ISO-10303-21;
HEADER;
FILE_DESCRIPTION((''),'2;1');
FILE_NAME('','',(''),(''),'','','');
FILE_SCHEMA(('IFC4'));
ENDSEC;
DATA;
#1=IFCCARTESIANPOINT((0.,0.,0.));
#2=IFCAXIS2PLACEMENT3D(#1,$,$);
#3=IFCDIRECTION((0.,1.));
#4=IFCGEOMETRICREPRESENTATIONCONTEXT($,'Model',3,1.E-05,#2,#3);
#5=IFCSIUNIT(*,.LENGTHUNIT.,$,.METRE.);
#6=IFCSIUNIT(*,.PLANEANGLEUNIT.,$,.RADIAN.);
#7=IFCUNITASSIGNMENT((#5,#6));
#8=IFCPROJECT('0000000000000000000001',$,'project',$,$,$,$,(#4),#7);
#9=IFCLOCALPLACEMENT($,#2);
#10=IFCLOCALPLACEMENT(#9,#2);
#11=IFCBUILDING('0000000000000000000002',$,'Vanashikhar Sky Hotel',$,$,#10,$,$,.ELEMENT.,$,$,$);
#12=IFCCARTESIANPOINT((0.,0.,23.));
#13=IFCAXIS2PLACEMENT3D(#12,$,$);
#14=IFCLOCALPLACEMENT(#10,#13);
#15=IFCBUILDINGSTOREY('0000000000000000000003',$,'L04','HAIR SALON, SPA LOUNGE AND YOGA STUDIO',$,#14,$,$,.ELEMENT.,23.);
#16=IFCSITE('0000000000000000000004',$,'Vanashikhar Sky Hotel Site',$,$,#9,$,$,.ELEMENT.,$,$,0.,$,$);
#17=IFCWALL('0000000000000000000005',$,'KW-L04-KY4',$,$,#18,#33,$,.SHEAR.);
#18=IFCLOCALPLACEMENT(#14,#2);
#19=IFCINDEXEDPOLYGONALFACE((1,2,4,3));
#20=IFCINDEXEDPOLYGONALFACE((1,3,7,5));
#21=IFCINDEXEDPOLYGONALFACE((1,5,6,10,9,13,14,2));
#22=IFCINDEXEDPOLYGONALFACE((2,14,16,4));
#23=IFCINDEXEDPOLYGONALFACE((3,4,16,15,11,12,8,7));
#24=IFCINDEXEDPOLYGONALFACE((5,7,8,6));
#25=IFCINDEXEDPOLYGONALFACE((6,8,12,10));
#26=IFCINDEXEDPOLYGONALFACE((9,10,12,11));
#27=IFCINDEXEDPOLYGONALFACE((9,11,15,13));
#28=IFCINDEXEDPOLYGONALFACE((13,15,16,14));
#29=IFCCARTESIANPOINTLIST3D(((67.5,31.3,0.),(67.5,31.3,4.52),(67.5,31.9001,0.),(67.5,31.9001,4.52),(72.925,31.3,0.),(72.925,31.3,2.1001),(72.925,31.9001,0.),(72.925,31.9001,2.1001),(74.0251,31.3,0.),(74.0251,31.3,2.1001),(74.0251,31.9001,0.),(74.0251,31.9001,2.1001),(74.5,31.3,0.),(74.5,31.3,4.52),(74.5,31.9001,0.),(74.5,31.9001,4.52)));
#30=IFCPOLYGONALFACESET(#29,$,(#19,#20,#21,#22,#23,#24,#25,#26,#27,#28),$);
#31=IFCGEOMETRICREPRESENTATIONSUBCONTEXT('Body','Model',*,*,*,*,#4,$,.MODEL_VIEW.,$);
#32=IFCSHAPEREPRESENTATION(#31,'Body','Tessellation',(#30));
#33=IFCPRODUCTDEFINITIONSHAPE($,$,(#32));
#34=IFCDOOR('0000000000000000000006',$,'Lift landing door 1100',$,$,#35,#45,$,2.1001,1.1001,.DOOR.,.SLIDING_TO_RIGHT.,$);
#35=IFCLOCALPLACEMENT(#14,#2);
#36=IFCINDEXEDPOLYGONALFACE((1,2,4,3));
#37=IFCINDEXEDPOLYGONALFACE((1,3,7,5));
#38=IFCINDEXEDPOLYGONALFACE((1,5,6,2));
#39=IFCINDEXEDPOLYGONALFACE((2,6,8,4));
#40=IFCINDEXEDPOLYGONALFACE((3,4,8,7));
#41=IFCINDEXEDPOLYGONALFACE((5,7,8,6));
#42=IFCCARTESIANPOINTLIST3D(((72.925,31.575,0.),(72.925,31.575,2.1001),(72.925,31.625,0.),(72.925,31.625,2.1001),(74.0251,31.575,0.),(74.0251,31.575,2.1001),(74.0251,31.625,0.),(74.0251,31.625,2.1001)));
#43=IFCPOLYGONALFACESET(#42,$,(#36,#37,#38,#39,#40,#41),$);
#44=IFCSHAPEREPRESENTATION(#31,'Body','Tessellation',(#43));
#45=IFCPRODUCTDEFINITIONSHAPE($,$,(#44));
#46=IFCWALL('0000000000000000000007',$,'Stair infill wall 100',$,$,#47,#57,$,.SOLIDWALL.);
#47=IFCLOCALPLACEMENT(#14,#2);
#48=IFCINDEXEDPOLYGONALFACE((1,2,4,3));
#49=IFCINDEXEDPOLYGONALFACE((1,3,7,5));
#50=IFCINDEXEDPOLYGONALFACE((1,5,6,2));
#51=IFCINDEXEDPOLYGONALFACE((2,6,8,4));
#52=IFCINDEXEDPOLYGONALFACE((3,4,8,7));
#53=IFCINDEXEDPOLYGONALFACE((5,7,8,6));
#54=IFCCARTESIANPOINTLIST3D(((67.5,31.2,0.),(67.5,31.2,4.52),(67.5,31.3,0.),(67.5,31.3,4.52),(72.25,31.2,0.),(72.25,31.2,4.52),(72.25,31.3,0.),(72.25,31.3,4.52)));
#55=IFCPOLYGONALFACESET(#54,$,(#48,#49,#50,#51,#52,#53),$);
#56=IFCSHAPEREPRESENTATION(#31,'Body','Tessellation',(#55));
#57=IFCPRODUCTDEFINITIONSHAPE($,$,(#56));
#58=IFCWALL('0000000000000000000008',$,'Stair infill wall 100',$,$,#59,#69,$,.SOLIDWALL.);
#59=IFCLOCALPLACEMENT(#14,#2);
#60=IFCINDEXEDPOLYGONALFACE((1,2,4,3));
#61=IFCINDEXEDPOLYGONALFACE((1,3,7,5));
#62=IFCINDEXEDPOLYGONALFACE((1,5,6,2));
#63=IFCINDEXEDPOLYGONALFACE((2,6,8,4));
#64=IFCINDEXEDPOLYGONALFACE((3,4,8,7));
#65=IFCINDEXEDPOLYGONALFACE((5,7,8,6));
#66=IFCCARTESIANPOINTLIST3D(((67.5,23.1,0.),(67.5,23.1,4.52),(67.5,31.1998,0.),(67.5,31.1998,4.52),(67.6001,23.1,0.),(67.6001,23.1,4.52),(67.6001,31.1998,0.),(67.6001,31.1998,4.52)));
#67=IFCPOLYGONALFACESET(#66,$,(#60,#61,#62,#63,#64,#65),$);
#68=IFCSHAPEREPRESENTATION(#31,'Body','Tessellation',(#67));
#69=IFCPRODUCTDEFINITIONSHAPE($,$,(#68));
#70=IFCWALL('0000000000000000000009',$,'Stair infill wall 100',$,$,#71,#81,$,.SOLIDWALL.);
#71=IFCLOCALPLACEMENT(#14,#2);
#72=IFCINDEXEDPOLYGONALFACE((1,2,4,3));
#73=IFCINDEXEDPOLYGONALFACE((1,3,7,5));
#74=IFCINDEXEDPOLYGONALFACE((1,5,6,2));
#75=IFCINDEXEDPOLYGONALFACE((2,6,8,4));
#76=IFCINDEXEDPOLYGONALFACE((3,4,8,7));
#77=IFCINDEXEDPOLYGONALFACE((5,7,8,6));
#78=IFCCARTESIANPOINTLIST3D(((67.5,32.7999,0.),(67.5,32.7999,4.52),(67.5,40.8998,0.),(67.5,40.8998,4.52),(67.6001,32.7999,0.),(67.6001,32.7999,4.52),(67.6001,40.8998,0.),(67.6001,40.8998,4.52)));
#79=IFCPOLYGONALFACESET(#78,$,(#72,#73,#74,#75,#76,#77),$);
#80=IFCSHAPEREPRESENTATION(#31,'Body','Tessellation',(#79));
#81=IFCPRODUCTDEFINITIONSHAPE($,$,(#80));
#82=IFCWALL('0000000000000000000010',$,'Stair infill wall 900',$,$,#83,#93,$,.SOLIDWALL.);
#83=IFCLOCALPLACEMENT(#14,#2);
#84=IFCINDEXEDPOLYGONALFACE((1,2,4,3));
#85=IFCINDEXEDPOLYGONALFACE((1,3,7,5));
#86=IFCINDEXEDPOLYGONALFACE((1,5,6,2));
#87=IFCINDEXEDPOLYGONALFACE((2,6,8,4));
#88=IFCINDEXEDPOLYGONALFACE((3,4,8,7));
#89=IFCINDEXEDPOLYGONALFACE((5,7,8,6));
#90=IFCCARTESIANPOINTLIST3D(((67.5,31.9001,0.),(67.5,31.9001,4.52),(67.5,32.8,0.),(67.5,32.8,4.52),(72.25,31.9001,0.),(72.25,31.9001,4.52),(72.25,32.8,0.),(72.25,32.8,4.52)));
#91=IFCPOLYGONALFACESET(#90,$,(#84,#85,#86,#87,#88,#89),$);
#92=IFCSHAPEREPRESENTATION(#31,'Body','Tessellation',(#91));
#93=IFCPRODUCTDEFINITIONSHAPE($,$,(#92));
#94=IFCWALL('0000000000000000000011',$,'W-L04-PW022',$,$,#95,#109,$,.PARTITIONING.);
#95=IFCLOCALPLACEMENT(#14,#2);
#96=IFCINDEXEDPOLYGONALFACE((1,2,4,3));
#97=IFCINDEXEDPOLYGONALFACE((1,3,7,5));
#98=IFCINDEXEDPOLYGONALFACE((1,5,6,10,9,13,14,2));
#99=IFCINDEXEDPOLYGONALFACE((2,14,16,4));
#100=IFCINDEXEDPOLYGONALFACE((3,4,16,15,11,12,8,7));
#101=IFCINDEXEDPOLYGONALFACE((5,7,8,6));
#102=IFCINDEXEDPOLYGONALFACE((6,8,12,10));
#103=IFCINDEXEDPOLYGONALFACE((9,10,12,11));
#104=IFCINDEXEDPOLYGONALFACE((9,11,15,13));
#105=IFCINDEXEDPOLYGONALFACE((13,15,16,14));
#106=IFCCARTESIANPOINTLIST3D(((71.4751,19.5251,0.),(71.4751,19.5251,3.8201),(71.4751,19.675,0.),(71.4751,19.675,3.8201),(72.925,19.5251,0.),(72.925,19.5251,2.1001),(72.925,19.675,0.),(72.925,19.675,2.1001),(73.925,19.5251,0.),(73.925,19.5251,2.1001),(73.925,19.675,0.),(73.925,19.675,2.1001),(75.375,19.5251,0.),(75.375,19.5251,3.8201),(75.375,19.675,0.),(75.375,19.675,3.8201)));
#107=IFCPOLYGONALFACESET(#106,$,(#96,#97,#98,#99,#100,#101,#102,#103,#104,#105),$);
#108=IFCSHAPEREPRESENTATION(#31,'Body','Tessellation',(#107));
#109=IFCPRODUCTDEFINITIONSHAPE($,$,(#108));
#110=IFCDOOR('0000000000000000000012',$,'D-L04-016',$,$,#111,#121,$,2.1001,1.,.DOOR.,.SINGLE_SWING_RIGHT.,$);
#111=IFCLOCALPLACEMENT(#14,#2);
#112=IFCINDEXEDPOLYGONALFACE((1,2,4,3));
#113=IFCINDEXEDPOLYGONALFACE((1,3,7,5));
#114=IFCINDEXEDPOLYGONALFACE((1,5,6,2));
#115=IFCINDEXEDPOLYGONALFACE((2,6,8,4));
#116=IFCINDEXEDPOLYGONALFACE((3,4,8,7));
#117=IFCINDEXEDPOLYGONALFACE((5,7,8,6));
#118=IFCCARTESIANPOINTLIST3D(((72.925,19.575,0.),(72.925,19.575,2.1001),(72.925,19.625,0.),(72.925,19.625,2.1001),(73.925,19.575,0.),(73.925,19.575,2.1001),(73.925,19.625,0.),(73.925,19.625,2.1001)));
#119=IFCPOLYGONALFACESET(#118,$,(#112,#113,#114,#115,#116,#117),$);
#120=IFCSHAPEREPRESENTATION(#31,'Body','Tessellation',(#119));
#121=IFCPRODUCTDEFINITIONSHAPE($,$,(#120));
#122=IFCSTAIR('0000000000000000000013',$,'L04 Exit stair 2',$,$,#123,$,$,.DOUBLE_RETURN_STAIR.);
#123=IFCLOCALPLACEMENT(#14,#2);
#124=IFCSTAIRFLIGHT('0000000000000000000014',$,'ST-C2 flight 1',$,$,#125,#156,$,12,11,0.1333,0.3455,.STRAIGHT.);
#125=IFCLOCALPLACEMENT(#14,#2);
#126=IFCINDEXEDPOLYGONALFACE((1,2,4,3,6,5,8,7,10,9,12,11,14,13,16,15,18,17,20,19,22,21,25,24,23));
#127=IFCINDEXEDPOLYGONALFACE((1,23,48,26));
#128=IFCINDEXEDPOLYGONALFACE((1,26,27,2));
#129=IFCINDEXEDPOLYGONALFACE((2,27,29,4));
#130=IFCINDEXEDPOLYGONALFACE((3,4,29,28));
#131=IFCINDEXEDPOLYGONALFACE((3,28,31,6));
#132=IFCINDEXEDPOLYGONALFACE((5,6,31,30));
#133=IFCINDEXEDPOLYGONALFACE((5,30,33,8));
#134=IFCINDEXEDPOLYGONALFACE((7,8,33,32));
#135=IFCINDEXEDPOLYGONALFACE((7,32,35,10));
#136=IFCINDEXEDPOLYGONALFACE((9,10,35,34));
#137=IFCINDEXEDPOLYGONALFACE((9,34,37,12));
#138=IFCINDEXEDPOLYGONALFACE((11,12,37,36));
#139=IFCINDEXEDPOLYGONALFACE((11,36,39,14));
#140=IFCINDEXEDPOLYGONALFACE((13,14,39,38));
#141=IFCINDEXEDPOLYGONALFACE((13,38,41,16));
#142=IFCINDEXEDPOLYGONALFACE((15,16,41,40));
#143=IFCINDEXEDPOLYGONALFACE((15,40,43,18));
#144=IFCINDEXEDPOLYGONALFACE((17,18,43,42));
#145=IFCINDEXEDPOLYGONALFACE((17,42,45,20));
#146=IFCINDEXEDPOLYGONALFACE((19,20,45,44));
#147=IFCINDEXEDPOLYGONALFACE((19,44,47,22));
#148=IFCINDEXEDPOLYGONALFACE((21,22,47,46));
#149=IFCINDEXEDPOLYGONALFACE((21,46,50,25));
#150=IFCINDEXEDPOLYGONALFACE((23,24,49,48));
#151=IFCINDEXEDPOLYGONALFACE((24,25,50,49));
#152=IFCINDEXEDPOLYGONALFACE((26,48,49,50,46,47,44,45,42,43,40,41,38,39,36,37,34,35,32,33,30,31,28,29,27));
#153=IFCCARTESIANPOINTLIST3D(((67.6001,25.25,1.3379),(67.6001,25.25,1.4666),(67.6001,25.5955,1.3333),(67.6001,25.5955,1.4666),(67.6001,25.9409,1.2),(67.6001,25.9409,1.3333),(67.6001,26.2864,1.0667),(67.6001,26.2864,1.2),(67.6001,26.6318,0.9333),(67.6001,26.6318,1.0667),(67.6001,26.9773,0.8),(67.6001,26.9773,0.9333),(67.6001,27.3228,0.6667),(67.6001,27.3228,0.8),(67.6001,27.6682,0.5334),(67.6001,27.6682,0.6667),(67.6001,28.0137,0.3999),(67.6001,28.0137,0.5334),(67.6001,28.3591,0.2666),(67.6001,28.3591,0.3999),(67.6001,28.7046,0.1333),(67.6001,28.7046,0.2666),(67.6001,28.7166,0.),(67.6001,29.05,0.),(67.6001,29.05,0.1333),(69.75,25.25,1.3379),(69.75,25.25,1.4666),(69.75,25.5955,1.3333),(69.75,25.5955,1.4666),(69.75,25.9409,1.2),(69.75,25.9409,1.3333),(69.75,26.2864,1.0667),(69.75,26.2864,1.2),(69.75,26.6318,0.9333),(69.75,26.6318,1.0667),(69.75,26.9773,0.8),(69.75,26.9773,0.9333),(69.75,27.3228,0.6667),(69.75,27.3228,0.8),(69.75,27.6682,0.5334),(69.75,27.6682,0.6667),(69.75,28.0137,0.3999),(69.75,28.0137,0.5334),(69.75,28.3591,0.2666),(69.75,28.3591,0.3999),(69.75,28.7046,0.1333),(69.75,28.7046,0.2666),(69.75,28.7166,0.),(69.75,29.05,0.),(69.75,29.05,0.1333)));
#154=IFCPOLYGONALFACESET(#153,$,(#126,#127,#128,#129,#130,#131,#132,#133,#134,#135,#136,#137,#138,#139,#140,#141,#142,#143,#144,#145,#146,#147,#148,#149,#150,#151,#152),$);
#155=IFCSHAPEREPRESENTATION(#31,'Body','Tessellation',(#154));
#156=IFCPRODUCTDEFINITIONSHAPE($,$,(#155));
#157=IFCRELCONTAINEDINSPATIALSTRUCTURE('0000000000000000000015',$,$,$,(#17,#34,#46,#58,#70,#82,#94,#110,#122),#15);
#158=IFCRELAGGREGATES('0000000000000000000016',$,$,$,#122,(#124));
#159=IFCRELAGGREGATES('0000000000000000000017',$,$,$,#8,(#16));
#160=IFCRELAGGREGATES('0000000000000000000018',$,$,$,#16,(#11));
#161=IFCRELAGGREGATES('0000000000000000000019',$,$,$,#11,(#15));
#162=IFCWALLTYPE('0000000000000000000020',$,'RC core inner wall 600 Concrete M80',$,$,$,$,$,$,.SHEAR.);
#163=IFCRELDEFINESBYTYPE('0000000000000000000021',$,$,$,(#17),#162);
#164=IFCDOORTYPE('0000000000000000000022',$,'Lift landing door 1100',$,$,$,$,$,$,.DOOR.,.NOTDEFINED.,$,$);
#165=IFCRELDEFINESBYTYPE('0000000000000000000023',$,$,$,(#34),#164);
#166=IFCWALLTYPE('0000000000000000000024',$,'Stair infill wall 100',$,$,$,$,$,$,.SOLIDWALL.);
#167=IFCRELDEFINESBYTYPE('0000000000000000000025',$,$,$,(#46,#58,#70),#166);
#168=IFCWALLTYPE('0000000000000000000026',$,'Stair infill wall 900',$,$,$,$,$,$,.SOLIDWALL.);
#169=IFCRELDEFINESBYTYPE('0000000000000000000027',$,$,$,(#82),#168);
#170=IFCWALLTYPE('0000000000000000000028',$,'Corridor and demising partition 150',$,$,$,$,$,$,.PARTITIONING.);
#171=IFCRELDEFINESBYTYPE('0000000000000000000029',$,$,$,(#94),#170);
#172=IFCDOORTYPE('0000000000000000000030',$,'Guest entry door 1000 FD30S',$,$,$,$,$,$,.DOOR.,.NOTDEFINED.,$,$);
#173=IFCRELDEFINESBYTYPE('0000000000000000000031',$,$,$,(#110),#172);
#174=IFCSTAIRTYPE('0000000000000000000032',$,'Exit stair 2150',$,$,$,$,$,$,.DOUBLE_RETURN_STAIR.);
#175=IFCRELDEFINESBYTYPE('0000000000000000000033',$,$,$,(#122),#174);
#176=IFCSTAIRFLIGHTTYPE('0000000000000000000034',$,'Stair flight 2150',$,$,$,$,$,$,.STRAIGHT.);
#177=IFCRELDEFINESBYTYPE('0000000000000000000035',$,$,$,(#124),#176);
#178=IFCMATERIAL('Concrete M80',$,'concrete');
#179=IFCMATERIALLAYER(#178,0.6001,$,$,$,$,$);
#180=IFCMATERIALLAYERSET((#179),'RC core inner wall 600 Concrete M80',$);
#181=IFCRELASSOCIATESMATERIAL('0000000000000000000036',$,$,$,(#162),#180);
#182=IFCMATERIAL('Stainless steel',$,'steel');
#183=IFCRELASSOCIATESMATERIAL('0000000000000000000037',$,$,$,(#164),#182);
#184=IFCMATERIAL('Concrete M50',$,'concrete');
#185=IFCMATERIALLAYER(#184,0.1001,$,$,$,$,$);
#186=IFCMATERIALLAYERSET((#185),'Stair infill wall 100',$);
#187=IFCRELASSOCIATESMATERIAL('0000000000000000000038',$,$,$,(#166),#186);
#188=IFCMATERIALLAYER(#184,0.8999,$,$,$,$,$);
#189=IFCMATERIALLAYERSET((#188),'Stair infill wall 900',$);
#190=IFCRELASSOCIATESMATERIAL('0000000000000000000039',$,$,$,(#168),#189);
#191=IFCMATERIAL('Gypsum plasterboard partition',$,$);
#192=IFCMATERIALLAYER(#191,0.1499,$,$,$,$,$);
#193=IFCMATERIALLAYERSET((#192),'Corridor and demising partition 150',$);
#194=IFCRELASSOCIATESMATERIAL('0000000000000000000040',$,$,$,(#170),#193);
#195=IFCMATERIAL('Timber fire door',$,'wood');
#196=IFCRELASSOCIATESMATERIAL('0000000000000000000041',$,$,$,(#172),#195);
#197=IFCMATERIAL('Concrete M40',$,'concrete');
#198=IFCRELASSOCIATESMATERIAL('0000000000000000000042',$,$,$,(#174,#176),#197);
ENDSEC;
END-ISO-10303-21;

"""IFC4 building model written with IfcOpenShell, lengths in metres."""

from ifc_helpers import new_model, si_unit, direction, frame, frame_2d, origin, place, context, subcontext, project, spatial, polyline, rectangle, outline, extrude, source, transform, mapped, material, layer, layer_set, type_object, element, fill, aggregate, save


model = new_model("IFC4")

# Units and contexts
model_context = context("Model", 3, precision=1e-05, world=origin(), true_north=direction((0.0, 1.0)))
body_context = subcontext(model_context, "Body", "Model", "MODEL_VIEW")
ifc_project = project(units=[si_unit("LENGTHUNIT", "METRE"), si_unit("PLANEANGLEUNIT", "RADIAN")], contexts=[model_context])

# Site, building, storey
site_placement = place(None, origin())
site = spatial("IfcSite", under=ifc_project, at=site_placement, Name="Vanashikhar Sky Hotel Site", CompositionType="ELEMENT", RefElevation=0.0)
building_placement = place(site_placement, origin())
building = spatial("IfcBuilding", under=site, at=building_placement, Name="Vanashikhar Sky Hotel", CompositionType="ELEMENT")
storey_placement = place(building_placement, frame((0.0, 0.0, 23.0)))
storey = spatial("IfcBuildingStorey", under=building, at=storey_placement, Name="L04", Description="HAIR SALON, SPA LOUNGE AND YOGA STUDIO", CompositionType="ELEMENT", Elevation=23.0)

# Wall, opening, door
ifc_material_1 = material(Name="Concrete M80", Category="concrete")
ifc_layer_1 = layer(ifc_material_1, 0.6001)
ifc_layer_set_1 = layer_set([ifc_layer_1], Name="RC core inner wall 600 Concrete M80")
wall_type_1 = type_object("IfcWallType", Name="RC core inner wall 600 Concrete M80", PredefinedType="SHEAR", material=ifc_layer_set_1)
shared_shape_1 = source(origin(), body_context, "Body", "SweptSolid", [
    extrude(rectangle(XDim=7.0, YDim=0.6001, at=frame_2d((3.5, 0.0))), origin(), (0.0, 0.0, 1.0), 4.52),
])
wall_1_placement = place(storey_placement, frame((67.5, 31.6001, 0.0), z_axis=(0.0, 0.0, 1.0), x_axis=(1.0, 0.0, 0.0)))
wall_1 = element("IfcWall", 1, at=wall_1_placement, inside=storey, type_object=wall_type_1, Name="KW-L04-KY4", PredefinedType="SHEAR", context=body_context, shape_type="MappedRepresentation", body=[
    mapped(shared_shape_1, transform((0.0, 0.0, 0.0), scale=1.0)),
])
shared_shape_2 = source(origin(), body_context, "Body", "SweptSolid", [
    extrude(rectangle(XDim=1.1001, YDim=2.1001, at=frame_2d((0.55, 1.05))), frame((0.0, 0.3101, 0.0), z_axis=(0.0, -1.0, 0.0), x_axis=(1.0, 0.0, 0.0)), (0.0, 0.0, 1.0), 0.6201),
])
opening_1_placement = place(wall_1_placement, frame((5.425, 0.0, 0.0)))
opening_1 = element("IfcOpeningElement", 2, at=opening_1_placement, cuts=wall_1, PredefinedType="OPENING", context=body_context, shape_type="MappedRepresentation", body=[
    mapped(shared_shape_2, transform((0.0, 0.0, 0.0), scale=1.0)),
])
ifc_material_2 = material(Name="Stainless steel", Category="steel")
door_type_1 = type_object("IfcDoorType", Name="Lift landing door 1100", OperationType="NOTDEFINED", PredefinedType="DOOR", material=ifc_material_2)
shared_shape_3 = source(origin(), body_context, "Body", "SweptSolid", [
    extrude(rectangle(XDim=1.1001, YDim=2.1001, at=frame_2d((0.55, 1.05))), frame((0.0, 0.0249, 0.0), z_axis=(0.0, -1.0, 0.0), x_axis=(1.0, 0.0, 0.0)), (0.0, 0.0, 1.0), 0.05),
])
door_1_placement = place(opening_1_placement, origin())
door_1 = element("IfcDoor", 3, at=door_1_placement, inside=storey, type_object=door_type_1, Name="Lift landing door 1100", OperationType="SLIDING_TO_RIGHT", OverallHeight=2.1001, OverallWidth=1.1001, PredefinedType="DOOR", context=body_context, shape_type="MappedRepresentation", body=[
    mapped(shared_shape_3, transform((0.0, 0.0, 0.0), scale=1.0)),
])
fill(opening_1, door_1)

# Walls
ifc_material_3 = material(Name="Concrete M50", Category="concrete")
ifc_layer_2 = layer(ifc_material_3, 0.1001)
ifc_layer_set_2 = layer_set([ifc_layer_2], Name="Stair infill wall 100")
wall_type_2 = type_object("IfcWallType", Name="Stair infill wall 100", PredefinedType="SOLIDWALL", material=ifc_layer_set_2)
shared_shape_4 = source(origin(), body_context, "Body", "SweptSolid", [
    extrude(rectangle(XDim=4.75, YDim=0.1001, at=frame_2d((2.375, 0.0))), origin(), (0.0, 0.0, 1.0), 4.52),
])
wall_2_placement = place(storey_placement, frame((67.5, 31.25, 0.0), z_axis=(0.0, 0.0, 1.0), x_axis=(1.0, 0.0, 0.0)))
element("IfcWall", 4, at=wall_2_placement, inside=storey, type_object=wall_type_2, Name="Stair infill wall 100", PredefinedType="SOLIDWALL", context=body_context, shape_type="MappedRepresentation", body=[
    mapped(shared_shape_4, transform((0.0, 0.0, 0.0), scale=1.0)),
])
shared_shape_5 = source(origin(), body_context, "Body", "SweptSolid", [
    extrude(rectangle(XDim=8.0999, YDim=0.1001, at=frame_2d((4.0498, 0.0))), origin(), (0.0, 0.0, 1.0), 4.52),
])
for number, where, z_axis, x_axis, name in (
    (5, (67.55, 23.1001, 0.0), (0.0, 0.0, 1.0), (0.0, 1.0, 0.0), "Stair infill wall 100"),
    (6, (67.55, 32.8, 0.0), (0.0, 0.0, 1.0), (0.0, 1.0, 0.0), "Stair infill wall 100"),
):
    element("IfcWall", number, at=place(storey_placement, frame(where, z_axis=z_axis, x_axis=x_axis)), inside=storey, type_object=wall_type_2, Name=name, PredefinedType="SOLIDWALL", context=body_context, shape_type="MappedRepresentation", body=[
        mapped(shared_shape_5, transform((0.0, 0.0, 0.0), scale=1.0)),
    ])
ifc_layer_3 = layer(ifc_material_3, 0.8999)
ifc_layer_set_3 = layer_set([ifc_layer_3], Name="Stair infill wall 900")
wall_type_3 = type_object("IfcWallType", Name="Stair infill wall 900", PredefinedType="SOLIDWALL", material=ifc_layer_set_3)
shared_shape_6 = source(origin(), body_context, "Body", "SweptSolid", [
    extrude(rectangle(XDim=4.75, YDim=0.8999, at=frame_2d((2.375, 0.0))), origin(), (0.0, 0.0, 1.0), 4.52),
])
wall_3_placement = place(storey_placement, frame((67.5, 32.3501, 0.0), z_axis=(0.0, 0.0, 1.0), x_axis=(1.0, 0.0, 0.0)))
element("IfcWall", 7, at=wall_3_placement, inside=storey, type_object=wall_type_3, Name="Stair infill wall 900", PredefinedType="SOLIDWALL", context=body_context, shape_type="MappedRepresentation", body=[
    mapped(shared_shape_6, transform((0.0, 0.0, 0.0), scale=1.0)),
])

# Wall, opening, door
ifc_material_4 = material(Name="Gypsum plasterboard partition")
ifc_layer_4 = layer(ifc_material_4, 0.1499)
ifc_layer_set_4 = layer_set([ifc_layer_4], Name="Corridor and demising partition 150")
wall_type_4 = type_object("IfcWallType", Name="Corridor and demising partition 150", PredefinedType="PARTITIONING", material=ifc_layer_set_4)
shared_shape_7 = source(origin(), body_context, "Body", "SweptSolid", [
    extrude(rectangle(XDim=3.8999, YDim=0.1499, at=frame_2d((1.95, 0.0))), origin(), (0.0, 0.0, 1.0), 3.8201),
])
wall_4_placement = place(storey_placement, frame((71.4751, 19.6001, 0.0), z_axis=(0.0, 0.0, 1.0), x_axis=(1.0, 0.0, 0.0)))
wall_4 = element("IfcWall", 8, at=wall_4_placement, inside=storey, type_object=wall_type_4, Name="W-L04-PW022", PredefinedType="PARTITIONING", context=body_context, shape_type="MappedRepresentation", body=[
    mapped(shared_shape_7, transform((0.0, 0.0, 0.0), scale=1.0)),
])
shared_shape_8 = source(origin(), body_context, "Body", "SweptSolid", [
    extrude(rectangle(XDim=1.0, YDim=2.1001, at=frame_2d((0.5, 1.05))), frame((0.0, 0.085, 0.0), z_axis=(0.0, -1.0, 0.0), x_axis=(1.0, 0.0, 0.0)), (0.0, 0.0, 1.0), 0.1699),
])
opening_2_placement = place(wall_4_placement, frame((1.45, 0.0, 0.0)))
opening_2 = element("IfcOpeningElement", 9, at=opening_2_placement, cuts=wall_4, PredefinedType="OPENING", context=body_context, shape_type="MappedRepresentation", body=[
    mapped(shared_shape_8, transform((0.0, 0.0, 0.0), scale=1.0)),
])
ifc_material_5 = material(Name="Timber fire door", Category="wood")
door_type_2 = type_object("IfcDoorType", Name="Guest entry door 1000 FD30S", OperationType="NOTDEFINED", PredefinedType="DOOR", material=ifc_material_5)
shared_shape_9 = source(origin(), body_context, "Body", "SweptSolid", [
    extrude(rectangle(XDim=1.0, YDim=2.1001, at=frame_2d((0.5, 1.05))), frame((0.0, 0.0249, 0.0), z_axis=(0.0, -1.0, 0.0), x_axis=(1.0, 0.0, 0.0)), (0.0, 0.0, 1.0), 0.05),
])
door_2_placement = place(opening_2_placement, origin())
door_2 = element("IfcDoor", 10, at=door_2_placement, inside=storey, type_object=door_type_2, Name="D-L04-016", OperationType="SINGLE_SWING_RIGHT", OverallHeight=2.1001, OverallWidth=1.0, PredefinedType="DOOR", context=body_context, shape_type="MappedRepresentation", body=[
    mapped(shared_shape_9, transform((0.0, 0.0, 0.0), scale=1.0)),
])
fill(opening_2, door_2)

# Stair, stair flight
ifc_material_6 = material(Name="Concrete M40", Category="concrete")
stair_type = type_object("IfcStairType", Name="Exit stair 2150", PredefinedType="DOUBLE_RETURN_STAIR", material=ifc_material_6)
stair_1_placement = place(storey_placement, origin())
stair_1 = element("IfcStair", 11, at=stair_1_placement, inside=storey, type_object=stair_type, Name="L04 Exit stair 2", PredefinedType="DOUBLE_RETURN_STAIR")
stair_flight_type = type_object("IfcStairFlightType", Name="Stair flight 2150", PredefinedType="STRAIGHT", material=ifc_material_6)
shared_shape_10 = source(origin(), body_context, "Body", "SweptSolid", [
    extrude(outline(polyline([(0.0, 0.0), (0.0, 0.1333), (0.3455, 0.1333), (0.3455, 0.2666), (0.6909, 0.2666), (0.6909, 0.3999), (1.0364, 0.3999), (1.0364, 0.5334), (1.3818, 0.5334), (1.3818, 0.6667), (1.7273, 0.6667), (1.7273, 0.8), (2.0728, 0.8), (2.0728, 0.9333), (2.4182, 0.9333), (2.4182, 1.0667), (2.7637, 1.0667), (2.7637, 1.2), (3.1091, 1.2), (3.1091, 1.3333), (3.4546, 1.3333), (3.4546, 1.4666), (3.8, 1.4666), (3.8, 1.6001), (3.8, 1.3379), (0.3335, 0.0), (0.0, 0.0)])), frame((0.0, 1.075, 0.0), z_axis=(0.0, -1.0, 0.0), x_axis=(1.0, 0.0, 0.0)), (0.0, 0.0, 1.0), 2.1499),
])
stair_flight_1_placement = place(storey_placement, frame((68.675, 29.05, 0.0), z_axis=(0.0, 0.0, 1.0), x_axis=(0.0, -1.0, 0.0)))
stair_flight_1 = element("IfcStairFlight", 12, at=stair_flight_1_placement, type_object=stair_flight_type, Name="ST-C2 flight 1", NumberOfRisers=12, NumberOfTreads=11, PredefinedType="STRAIGHT", RiserHeight=0.1333, TreadLength=0.3455, context=body_context, shape_type="MappedRepresentation", body=[
    mapped(shared_shape_10, transform((0.0, 0.0, 0.0), scale=1.0)),
])
aggregate(stair_1, [stair_flight_1])

save(model, "model.ifc")
